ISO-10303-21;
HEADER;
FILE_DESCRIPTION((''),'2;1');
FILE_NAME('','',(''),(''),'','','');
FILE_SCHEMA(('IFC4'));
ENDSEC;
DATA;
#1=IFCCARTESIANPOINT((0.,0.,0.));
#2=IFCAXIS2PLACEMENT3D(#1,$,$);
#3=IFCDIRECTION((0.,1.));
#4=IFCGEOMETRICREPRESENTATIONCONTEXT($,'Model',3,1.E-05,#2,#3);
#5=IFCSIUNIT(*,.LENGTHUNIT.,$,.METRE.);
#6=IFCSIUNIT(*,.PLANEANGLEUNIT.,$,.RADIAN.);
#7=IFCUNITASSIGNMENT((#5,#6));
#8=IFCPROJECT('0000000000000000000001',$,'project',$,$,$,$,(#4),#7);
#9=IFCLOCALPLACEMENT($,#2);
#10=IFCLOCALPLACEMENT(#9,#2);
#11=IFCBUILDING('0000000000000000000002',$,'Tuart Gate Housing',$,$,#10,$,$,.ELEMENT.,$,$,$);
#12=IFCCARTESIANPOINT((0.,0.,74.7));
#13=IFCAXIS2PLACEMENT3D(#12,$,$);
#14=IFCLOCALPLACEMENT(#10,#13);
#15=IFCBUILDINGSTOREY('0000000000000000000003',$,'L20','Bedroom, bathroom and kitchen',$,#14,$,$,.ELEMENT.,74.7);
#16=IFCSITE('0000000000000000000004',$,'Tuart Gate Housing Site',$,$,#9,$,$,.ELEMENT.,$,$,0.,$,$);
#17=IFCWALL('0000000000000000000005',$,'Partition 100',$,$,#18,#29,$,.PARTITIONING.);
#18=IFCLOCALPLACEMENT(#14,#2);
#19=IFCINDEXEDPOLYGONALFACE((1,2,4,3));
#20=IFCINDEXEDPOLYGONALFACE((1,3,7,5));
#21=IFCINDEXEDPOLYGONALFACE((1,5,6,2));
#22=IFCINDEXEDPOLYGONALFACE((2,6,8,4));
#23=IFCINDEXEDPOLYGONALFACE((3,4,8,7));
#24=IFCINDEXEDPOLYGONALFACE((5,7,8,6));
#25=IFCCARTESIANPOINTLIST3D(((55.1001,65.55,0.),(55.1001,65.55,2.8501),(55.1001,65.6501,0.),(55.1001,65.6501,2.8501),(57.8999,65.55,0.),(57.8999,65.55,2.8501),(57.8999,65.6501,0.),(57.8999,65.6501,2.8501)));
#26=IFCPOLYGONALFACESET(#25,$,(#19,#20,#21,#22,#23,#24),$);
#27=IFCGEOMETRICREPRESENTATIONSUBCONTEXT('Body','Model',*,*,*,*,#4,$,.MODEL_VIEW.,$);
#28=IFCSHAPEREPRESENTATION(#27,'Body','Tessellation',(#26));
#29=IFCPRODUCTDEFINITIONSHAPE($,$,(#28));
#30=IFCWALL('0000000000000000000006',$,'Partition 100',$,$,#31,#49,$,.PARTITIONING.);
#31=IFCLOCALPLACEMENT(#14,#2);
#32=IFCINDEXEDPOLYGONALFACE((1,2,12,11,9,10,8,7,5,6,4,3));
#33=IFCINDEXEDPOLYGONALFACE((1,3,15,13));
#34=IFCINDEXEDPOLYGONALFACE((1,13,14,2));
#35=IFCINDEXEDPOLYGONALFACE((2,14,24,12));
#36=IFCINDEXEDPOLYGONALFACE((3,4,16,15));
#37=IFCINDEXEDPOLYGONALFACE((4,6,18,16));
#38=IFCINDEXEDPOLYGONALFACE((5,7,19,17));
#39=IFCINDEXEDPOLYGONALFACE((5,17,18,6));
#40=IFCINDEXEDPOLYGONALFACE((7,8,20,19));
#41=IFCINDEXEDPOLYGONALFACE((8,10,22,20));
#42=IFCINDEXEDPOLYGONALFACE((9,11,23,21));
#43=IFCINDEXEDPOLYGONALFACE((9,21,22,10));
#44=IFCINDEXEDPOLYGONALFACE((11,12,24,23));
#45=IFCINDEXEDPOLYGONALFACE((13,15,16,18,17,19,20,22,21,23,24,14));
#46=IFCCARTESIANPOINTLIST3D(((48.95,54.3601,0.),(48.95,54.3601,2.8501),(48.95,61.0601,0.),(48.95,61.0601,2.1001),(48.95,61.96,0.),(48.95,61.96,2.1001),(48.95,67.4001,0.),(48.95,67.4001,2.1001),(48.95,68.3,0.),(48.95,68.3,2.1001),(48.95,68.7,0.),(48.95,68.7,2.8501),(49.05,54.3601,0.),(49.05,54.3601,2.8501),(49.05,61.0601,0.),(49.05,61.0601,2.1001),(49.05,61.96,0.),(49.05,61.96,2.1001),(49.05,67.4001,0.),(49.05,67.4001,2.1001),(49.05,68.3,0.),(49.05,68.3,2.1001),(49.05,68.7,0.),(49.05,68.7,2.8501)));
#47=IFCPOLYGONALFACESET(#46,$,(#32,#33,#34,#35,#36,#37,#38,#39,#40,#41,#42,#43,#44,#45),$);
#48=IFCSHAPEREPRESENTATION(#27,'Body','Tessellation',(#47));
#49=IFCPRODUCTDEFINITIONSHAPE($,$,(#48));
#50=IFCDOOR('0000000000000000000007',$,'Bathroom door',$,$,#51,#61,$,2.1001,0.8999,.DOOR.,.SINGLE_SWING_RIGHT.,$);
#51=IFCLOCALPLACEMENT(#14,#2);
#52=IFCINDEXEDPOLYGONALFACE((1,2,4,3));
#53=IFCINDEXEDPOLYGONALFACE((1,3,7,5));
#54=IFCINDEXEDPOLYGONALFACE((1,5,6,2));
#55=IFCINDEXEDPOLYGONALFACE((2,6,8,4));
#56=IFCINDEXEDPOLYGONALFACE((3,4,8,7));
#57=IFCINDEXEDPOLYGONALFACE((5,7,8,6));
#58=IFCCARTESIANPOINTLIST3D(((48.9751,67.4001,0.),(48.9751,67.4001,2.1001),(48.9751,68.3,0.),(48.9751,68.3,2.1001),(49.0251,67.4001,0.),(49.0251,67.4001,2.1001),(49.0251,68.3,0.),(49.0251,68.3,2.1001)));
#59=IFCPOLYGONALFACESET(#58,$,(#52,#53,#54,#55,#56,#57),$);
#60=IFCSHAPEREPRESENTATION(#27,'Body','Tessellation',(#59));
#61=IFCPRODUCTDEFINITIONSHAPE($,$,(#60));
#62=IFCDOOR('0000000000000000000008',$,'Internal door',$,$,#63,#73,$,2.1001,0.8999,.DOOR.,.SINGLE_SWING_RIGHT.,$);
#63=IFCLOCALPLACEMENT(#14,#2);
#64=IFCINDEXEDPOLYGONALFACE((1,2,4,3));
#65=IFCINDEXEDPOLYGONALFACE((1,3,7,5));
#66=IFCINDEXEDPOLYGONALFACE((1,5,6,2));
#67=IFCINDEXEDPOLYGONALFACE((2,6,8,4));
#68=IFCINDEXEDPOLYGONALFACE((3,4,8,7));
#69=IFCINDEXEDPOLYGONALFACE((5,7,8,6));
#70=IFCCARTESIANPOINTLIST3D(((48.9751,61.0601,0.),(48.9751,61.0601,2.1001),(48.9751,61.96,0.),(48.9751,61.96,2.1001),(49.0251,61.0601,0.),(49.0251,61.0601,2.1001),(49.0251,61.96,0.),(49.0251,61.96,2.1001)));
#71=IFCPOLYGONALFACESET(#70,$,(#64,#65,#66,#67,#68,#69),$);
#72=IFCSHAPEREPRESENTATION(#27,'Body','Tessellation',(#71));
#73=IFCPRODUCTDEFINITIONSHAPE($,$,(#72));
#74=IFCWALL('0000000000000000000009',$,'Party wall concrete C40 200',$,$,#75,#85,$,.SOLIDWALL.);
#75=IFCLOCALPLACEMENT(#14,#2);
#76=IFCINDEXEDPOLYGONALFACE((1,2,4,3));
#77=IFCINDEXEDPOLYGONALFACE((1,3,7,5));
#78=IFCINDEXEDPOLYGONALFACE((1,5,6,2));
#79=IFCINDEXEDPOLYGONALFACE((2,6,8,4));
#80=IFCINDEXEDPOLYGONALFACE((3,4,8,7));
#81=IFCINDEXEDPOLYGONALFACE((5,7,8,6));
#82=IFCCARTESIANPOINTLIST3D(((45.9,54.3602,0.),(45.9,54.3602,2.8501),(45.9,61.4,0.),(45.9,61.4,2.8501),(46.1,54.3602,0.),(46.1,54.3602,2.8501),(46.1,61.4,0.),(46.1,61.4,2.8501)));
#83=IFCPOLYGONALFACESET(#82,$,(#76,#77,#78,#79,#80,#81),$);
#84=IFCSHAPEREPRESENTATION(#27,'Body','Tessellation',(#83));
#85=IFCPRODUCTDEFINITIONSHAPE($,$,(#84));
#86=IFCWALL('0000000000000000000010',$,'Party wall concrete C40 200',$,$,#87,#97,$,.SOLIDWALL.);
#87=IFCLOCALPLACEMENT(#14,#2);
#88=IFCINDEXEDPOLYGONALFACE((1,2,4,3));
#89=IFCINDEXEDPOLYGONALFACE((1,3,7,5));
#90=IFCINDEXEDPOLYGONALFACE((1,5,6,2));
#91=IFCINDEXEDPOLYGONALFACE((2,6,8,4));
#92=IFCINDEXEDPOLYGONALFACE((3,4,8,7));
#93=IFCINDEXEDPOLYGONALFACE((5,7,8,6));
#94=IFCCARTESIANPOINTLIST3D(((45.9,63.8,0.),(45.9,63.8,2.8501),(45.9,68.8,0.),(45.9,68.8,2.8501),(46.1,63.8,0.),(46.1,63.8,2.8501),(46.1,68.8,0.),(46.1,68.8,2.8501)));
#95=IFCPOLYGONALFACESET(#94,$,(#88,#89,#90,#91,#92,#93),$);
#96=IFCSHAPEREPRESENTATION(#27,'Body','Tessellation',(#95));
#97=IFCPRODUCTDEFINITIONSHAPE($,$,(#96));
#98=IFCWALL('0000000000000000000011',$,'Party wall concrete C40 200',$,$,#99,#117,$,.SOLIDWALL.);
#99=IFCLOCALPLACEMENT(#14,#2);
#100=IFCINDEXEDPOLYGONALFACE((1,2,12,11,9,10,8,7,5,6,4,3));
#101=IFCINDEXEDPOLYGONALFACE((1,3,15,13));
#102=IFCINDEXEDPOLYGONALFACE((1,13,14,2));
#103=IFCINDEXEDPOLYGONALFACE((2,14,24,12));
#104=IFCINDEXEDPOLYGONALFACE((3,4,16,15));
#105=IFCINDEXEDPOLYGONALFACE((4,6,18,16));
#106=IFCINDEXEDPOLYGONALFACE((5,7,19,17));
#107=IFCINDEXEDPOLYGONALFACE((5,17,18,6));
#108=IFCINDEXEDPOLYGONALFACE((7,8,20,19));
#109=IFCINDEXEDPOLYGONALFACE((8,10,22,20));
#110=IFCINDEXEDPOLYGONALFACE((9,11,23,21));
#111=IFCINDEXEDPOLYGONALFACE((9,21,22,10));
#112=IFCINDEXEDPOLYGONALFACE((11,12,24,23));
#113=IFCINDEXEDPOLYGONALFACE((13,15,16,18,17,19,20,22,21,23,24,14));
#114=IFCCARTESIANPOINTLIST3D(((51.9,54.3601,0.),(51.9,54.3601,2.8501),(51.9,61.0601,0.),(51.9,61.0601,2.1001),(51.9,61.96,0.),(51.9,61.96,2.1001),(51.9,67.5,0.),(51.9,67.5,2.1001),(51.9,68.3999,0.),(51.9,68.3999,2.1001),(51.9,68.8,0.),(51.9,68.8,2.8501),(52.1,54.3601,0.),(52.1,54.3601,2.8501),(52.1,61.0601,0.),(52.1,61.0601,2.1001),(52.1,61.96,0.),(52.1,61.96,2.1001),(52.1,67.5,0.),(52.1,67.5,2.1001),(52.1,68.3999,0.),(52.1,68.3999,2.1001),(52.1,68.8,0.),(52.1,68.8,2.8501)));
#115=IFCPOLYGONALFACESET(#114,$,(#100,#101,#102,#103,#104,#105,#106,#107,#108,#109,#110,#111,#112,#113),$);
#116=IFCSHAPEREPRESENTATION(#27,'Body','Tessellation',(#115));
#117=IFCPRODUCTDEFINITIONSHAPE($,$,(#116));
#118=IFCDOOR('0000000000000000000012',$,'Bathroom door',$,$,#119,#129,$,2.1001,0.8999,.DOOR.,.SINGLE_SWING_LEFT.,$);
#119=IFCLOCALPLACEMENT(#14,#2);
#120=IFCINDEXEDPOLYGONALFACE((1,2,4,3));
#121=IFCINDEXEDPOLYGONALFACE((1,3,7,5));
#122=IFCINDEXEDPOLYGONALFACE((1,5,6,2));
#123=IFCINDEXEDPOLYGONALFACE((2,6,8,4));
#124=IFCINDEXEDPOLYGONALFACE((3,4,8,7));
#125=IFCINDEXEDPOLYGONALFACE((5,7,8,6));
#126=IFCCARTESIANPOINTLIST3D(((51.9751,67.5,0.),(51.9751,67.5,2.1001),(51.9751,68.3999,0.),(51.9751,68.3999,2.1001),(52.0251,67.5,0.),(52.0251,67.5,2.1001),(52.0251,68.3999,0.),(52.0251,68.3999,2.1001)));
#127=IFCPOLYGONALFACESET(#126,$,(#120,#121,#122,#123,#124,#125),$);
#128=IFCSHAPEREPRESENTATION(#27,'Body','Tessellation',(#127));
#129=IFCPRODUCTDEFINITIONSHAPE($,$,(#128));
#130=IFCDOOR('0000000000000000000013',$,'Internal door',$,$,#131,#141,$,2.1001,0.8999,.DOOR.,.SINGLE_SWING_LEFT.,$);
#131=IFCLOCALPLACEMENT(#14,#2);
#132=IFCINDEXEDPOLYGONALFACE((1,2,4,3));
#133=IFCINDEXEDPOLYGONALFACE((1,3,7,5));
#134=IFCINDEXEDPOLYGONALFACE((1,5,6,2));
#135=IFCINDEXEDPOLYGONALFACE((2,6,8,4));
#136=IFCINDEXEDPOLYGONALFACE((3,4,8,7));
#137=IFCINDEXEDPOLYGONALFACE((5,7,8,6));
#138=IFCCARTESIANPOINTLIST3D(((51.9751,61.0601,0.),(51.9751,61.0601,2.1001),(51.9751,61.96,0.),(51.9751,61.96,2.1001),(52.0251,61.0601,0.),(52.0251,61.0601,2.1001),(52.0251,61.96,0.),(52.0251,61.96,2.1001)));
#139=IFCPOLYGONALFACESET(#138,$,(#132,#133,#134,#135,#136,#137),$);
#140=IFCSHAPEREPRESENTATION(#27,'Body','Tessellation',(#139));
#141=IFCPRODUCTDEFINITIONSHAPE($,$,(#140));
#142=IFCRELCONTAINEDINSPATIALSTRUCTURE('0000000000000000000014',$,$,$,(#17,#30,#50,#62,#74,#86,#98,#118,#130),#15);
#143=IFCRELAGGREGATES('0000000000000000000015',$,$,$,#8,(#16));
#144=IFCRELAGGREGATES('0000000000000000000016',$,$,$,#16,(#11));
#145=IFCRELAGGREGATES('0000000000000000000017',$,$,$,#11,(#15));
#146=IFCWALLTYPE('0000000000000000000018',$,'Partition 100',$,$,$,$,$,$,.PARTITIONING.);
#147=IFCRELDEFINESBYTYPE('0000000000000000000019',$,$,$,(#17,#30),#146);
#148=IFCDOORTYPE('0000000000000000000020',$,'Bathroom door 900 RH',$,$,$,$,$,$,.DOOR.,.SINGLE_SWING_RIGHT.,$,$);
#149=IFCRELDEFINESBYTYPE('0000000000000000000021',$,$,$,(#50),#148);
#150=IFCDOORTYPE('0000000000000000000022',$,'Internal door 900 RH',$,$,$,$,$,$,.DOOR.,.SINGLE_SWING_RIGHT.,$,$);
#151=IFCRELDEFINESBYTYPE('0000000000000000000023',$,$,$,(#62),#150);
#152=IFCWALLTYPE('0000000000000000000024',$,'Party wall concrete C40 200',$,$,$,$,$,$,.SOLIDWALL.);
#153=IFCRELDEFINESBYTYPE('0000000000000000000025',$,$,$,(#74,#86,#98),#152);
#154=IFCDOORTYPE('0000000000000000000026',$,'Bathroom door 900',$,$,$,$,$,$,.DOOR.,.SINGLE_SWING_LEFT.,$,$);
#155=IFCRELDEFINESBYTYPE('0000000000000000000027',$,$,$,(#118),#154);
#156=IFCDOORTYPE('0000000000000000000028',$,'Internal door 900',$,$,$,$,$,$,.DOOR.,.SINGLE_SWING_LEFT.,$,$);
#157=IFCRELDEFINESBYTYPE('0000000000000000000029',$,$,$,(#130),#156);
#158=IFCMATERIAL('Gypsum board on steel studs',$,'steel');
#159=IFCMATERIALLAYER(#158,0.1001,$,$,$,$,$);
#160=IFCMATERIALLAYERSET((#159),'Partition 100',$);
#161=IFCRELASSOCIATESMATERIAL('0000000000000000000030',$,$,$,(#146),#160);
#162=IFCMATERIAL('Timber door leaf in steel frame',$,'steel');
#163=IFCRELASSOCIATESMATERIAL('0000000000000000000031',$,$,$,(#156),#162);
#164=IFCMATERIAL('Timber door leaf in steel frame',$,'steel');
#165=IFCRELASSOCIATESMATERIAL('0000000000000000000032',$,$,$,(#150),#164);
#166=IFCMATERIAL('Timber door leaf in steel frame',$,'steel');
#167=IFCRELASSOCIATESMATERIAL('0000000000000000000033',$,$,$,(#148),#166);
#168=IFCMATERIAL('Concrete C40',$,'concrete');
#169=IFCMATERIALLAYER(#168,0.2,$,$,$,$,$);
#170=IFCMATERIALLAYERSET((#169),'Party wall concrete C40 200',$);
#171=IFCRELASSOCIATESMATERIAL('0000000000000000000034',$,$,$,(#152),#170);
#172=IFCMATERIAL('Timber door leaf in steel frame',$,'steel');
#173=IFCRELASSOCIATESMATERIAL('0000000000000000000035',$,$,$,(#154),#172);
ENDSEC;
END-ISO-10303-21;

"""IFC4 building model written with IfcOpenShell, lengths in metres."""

from ifc_helpers import new_model, si_unit, direction, frame, frame_2d, origin, place, context, subcontext, project, spatial, rectangle, extrude, material, layer, layer_set, type_object, element, fill, save


model = new_model("IFC4")

# Units and contexts
model_context = context("Model", 3, precision=1e-05, world=origin(), true_north=direction((0.0, 1.0)))
body_context = subcontext(model_context, "Body", "Model", "MODEL_VIEW")
ifc_project = project(units=[si_unit("LENGTHUNIT", "METRE"), si_unit("PLANEANGLEUNIT", "RADIAN")], contexts=[model_context])

# Site, building, storey
site_placement = place(None, origin())
site = spatial("IfcSite", under=ifc_project, at=site_placement, Name="Tuart Gate Housing Site", CompositionType="ELEMENT", RefElevation=0.0)
building_placement = place(site_placement, origin())
building = spatial("IfcBuilding", under=site, at=building_placement, Name="Tuart Gate Housing", CompositionType="ELEMENT")
storey_placement = place(building_placement, frame((0.0, 0.0, 74.7)))
storey = spatial("IfcBuildingStorey", under=building, at=storey_placement, Name="L20", Description="Bedroom, bathroom and kitchen", CompositionType="ELEMENT", Elevation=74.7)

# Shared definitions
ifc_material_1 = material(Name="Gypsum board on steel studs", Category="steel")
ifc_layer_1 = layer(ifc_material_1, 0.1001)
ifc_layer_set_1 = layer_set([ifc_layer_1], Name="Partition 100")
wall_type_1 = type_object("IfcWallType", Name="Partition 100", PredefinedType="PARTITIONING", material=ifc_layer_set_1)
ifc_material_2 = material(Name="Timber door leaf in steel frame", Category="steel")
door_type_1 = type_object("IfcDoorType", Name="Internal door 900", OperationType="SINGLE_SWING_LEFT", PredefinedType="DOOR", material=ifc_material_2)
ifc_material_3 = material(Name="Timber door leaf in steel frame", Category="steel")
door_type_2 = type_object("IfcDoorType", Name="Internal door 900 RH", OperationType="SINGLE_SWING_RIGHT", PredefinedType="DOOR", material=ifc_material_3)

# Wall
wall_1_placement = place(storey_placement, frame((55.1001, 65.6001, 0.0), z_axis=(0.0, 0.0, 1.0), x_axis=(1.0, 0.0, 0.0)))
element("IfcWall", 1, at=wall_1_placement, inside=storey, type_object=wall_type_1, Name="Partition 100", PredefinedType="PARTITIONING", context=body_context, shape_type="SweptSolid", body=[
    extrude(rectangle(XDim=2.7998, YDim=0.1001, at=frame_2d((1.3999, 0.0))), origin(), (0.0, 0.0, 1.0), 2.8501),
])

# Wall, openings, doors
wall_2_placement = place(storey_placement, frame((49.0, 54.3601, 0.0), z_axis=(0.0, 0.0, 1.0), x_axis=(0.0, 1.0, 0.0)))
wall_2 = element("IfcWall", 2, at=wall_2_placement, inside=storey, type_object=wall_type_1, Name="Partition 100", PredefinedType="PARTITIONING", context=body_context, shape_type="SweptSolid", body=[
    extrude(rectangle(XDim=14.3398, YDim=0.1001, at=frame_2d((7.1699, 0.0))), origin(), (0.0, 0.0, 1.0), 2.8501),
])
opening_1_placement = place(wall_2_placement, frame((6.7, 0.0, 0.0)))
opening_1 = element("IfcOpeningElement", 3, at=opening_1_placement, cuts=wall_2, PredefinedType="OPENING", context=body_context, shape_type="SweptSolid", body=[
    extrude(rectangle(XDim=0.8999, YDim=2.1001, at=frame_2d((0.45, 1.05))), frame((0.0, 0.0601, 0.0), z_axis=(0.0, -1.0, 0.0), x_axis=(1.0, 0.0, 0.0)), (0.0, 0.0, 1.0), 0.1201),
])
opening_2_placement = place(wall_2_placement, frame((13.04, 0.0, 0.0)))
opening_2 = element("IfcOpeningElement", 4, at=opening_2_placement, cuts=wall_2, PredefinedType="OPENING", context=body_context, shape_type="SweptSolid", body=[
    extrude(rectangle(XDim=0.8999, YDim=2.1001, at=frame_2d((0.45, 1.05))), frame((0.0, 0.0601, 0.0), z_axis=(0.0, -1.0, 0.0), x_axis=(1.0, 0.0, 0.0)), (0.0, 0.0, 1.0), 0.1201),
])
ifc_material_4 = material(Name="Timber door leaf in steel frame", Category="steel")
door_type_3 = type_object("IfcDoorType", Name="Bathroom door 900 RH", OperationType="SINGLE_SWING_RIGHT", PredefinedType="DOOR", material=ifc_material_4)
door_1_placement = place(opening_2_placement, origin())
door_1 = element("IfcDoor", 5, at=door_1_placement, inside=storey, type_object=door_type_3, Name="Bathroom door", OperationType="SINGLE_SWING_RIGHT", OverallHeight=2.1001, OverallWidth=0.8999, PredefinedType="DOOR", context=body_context, shape_type="SweptSolid", body=[
    extrude(rectangle(XDim=0.8999, YDim=2.1001, at=frame_2d((0.45, 1.05))), frame((0.0, 0.0249, 0.0), z_axis=(0.0, -1.0, 0.0), x_axis=(1.0, 0.0, 0.0)), (0.0, 0.0, 1.0), 0.05),
])
fill(opening_2, door_1)
door_2_placement = place(opening_1_placement, origin())
door_2 = element("IfcDoor", 6, at=door_2_placement, inside=storey, type_object=door_type_2, Name="Internal door", OperationType="SINGLE_SWING_RIGHT", OverallHeight=2.1001, OverallWidth=0.8999, PredefinedType="DOOR", context=body_context, shape_type="SweptSolid", body=[
    extrude(rectangle(XDim=0.8999, YDim=2.1001, at=frame_2d((0.45, 1.05))), frame((0.0, 0.0249, 0.0), z_axis=(0.0, -1.0, 0.0), x_axis=(1.0, 0.0, 0.0)), (0.0, 0.0, 1.0), 0.05),
])
fill(opening_1, door_2)

# Walls
ifc_material_5 = material(Name="Concrete C40", Category="concrete")
ifc_layer_2 = layer(ifc_material_5, 0.2)
ifc_layer_set_2 = layer_set([ifc_layer_2], Name="Party wall concrete C40 200")
wall_type_2 = type_object("IfcWallType", Name="Party wall concrete C40 200", PredefinedType="SOLIDWALL", material=ifc_layer_set_2)
wall_3_placement = place(storey_placement, frame((46.0, 54.3601, 0.0), z_axis=(0.0, 0.0, 1.0), x_axis=(0.0, 1.0, 0.0)))
element("IfcWall", 7, at=wall_3_placement, inside=storey, type_object=wall_type_2, Name="Party wall concrete C40 200", PredefinedType="SOLIDWALL", context=body_context, shape_type="SweptSolid", body=[
    extrude(rectangle(XDim=7.0398, YDim=0.2, at=frame_2d((3.52, 0.0))), origin(), (0.0, 0.0, 1.0), 2.8501),
])
wall_4_placement = place(storey_placement, frame((46.0, 63.8, 0.0), z_axis=(0.0, 0.0, 1.0), x_axis=(0.0, 1.0, 0.0)))
element("IfcWall", 8, at=wall_4_placement, inside=storey, type_object=wall_type_2, Name="Party wall concrete C40 200", PredefinedType="SOLIDWALL", context=body_context, shape_type="SweptSolid", body=[
    extrude(rectangle(XDim=5.0, YDim=0.2, at=frame_2d((2.5, 0.0))), origin(), (0.0, 0.0, 1.0), 2.8501),
])

# Wall, openings, doors
wall_5_placement = place(storey_placement, frame((52.0, 54.3601, 0.0), z_axis=(0.0, 0.0, 1.0), x_axis=(0.0, 1.0, 0.0)))
wall_5 = element("IfcWall", 9, at=wall_5_placement, inside=storey, type_object=wall_type_2, Name="Party wall concrete C40 200", PredefinedType="SOLIDWALL", context=body_context, shape_type="SweptSolid", body=[
    extrude(rectangle(XDim=14.4399, YDim=0.2, at=frame_2d((7.22, 0.0))), origin(), (0.0, 0.0, 1.0), 2.8501),
])
opening_3_placement = place(wall_5_placement, frame((6.7, 0.0, 0.0)))
opening_3 = element("IfcOpeningElement", 10, at=opening_3_placement, cuts=wall_5, PredefinedType="OPENING", context=body_context, shape_type="SweptSolid", body=[
    extrude(rectangle(XDim=0.8999, YDim=2.1001, at=frame_2d((0.45, 1.05))), frame((0.0, 0.1099, 0.0), z_axis=(0.0, -1.0, 0.0), x_axis=(1.0, 0.0, 0.0)), (0.0, 0.0, 1.0), 0.22),
])
opening_4_placement = place(wall_5_placement, frame((13.1399, 0.0, 0.0)))
opening_4 = element("IfcOpeningElement", 11, at=opening_4_placement, cuts=wall_5, PredefinedType="OPENING", context=body_context, shape_type="SweptSolid", body=[
    extrude(rectangle(XDim=0.8999, YDim=2.1001, at=frame_2d((0.45, 1.05))), frame((0.0, 0.1099, 0.0), z_axis=(0.0, -1.0, 0.0), x_axis=(1.0, 0.0, 0.0)), (0.0, 0.0, 1.0), 0.22),
])
ifc_material_6 = material(Name="Timber door leaf in steel frame", Category="steel")
door_type_4 = type_object("IfcDoorType", Name="Bathroom door 900", OperationType="SINGLE_SWING_LEFT", PredefinedType="DOOR", material=ifc_material_6)
door_3_placement = place(opening_4_placement, frame((0.8999, 0.0, 0.0), z_axis=(0.0, 0.0, 1.0), x_axis=(-1.0, 0.0, 0.0)))
door_3 = element("IfcDoor", 12, at=door_3_placement, inside=storey, type_object=door_type_4, Name="Bathroom door", OperationType="SINGLE_SWING_LEFT", OverallHeight=2.1001, OverallWidth=0.8999, PredefinedType="DOOR", context=body_context, shape_type="SweptSolid", body=[
    extrude(rectangle(XDim=0.8999, YDim=2.1001, at=frame_2d((0.45, 1.05))), frame((0.0, 0.0251, 0.0), z_axis=(0.0, -1.0, 0.0), x_axis=(1.0, 0.0, 0.0)), (0.0, 0.0, 1.0), 0.05),
])
fill(opening_4, door_3)
door_4_placement = place(opening_3_placement, frame((0.8999, 0.0, 0.0), z_axis=(0.0, 0.0, 1.0), x_axis=(-1.0, 0.0, 0.0)))
door_4 = element("IfcDoor", 13, at=door_4_placement, inside=storey, type_object=door_type_1, Name="Internal door", OperationType="SINGLE_SWING_LEFT", OverallHeight=2.1001, OverallWidth=0.8999, PredefinedType="DOOR", context=body_context, shape_type="SweptSolid", body=[
    extrude(rectangle(XDim=0.8999, YDim=2.1001, at=frame_2d((0.45, 1.05))), frame((0.0, 0.0251, 0.0), z_axis=(0.0, -1.0, 0.0), x_axis=(1.0, 0.0, 0.0)), (0.0, 0.0, 1.0), 0.05),
])
fill(opening_3, door_4)

save(model, "model.ifc")
